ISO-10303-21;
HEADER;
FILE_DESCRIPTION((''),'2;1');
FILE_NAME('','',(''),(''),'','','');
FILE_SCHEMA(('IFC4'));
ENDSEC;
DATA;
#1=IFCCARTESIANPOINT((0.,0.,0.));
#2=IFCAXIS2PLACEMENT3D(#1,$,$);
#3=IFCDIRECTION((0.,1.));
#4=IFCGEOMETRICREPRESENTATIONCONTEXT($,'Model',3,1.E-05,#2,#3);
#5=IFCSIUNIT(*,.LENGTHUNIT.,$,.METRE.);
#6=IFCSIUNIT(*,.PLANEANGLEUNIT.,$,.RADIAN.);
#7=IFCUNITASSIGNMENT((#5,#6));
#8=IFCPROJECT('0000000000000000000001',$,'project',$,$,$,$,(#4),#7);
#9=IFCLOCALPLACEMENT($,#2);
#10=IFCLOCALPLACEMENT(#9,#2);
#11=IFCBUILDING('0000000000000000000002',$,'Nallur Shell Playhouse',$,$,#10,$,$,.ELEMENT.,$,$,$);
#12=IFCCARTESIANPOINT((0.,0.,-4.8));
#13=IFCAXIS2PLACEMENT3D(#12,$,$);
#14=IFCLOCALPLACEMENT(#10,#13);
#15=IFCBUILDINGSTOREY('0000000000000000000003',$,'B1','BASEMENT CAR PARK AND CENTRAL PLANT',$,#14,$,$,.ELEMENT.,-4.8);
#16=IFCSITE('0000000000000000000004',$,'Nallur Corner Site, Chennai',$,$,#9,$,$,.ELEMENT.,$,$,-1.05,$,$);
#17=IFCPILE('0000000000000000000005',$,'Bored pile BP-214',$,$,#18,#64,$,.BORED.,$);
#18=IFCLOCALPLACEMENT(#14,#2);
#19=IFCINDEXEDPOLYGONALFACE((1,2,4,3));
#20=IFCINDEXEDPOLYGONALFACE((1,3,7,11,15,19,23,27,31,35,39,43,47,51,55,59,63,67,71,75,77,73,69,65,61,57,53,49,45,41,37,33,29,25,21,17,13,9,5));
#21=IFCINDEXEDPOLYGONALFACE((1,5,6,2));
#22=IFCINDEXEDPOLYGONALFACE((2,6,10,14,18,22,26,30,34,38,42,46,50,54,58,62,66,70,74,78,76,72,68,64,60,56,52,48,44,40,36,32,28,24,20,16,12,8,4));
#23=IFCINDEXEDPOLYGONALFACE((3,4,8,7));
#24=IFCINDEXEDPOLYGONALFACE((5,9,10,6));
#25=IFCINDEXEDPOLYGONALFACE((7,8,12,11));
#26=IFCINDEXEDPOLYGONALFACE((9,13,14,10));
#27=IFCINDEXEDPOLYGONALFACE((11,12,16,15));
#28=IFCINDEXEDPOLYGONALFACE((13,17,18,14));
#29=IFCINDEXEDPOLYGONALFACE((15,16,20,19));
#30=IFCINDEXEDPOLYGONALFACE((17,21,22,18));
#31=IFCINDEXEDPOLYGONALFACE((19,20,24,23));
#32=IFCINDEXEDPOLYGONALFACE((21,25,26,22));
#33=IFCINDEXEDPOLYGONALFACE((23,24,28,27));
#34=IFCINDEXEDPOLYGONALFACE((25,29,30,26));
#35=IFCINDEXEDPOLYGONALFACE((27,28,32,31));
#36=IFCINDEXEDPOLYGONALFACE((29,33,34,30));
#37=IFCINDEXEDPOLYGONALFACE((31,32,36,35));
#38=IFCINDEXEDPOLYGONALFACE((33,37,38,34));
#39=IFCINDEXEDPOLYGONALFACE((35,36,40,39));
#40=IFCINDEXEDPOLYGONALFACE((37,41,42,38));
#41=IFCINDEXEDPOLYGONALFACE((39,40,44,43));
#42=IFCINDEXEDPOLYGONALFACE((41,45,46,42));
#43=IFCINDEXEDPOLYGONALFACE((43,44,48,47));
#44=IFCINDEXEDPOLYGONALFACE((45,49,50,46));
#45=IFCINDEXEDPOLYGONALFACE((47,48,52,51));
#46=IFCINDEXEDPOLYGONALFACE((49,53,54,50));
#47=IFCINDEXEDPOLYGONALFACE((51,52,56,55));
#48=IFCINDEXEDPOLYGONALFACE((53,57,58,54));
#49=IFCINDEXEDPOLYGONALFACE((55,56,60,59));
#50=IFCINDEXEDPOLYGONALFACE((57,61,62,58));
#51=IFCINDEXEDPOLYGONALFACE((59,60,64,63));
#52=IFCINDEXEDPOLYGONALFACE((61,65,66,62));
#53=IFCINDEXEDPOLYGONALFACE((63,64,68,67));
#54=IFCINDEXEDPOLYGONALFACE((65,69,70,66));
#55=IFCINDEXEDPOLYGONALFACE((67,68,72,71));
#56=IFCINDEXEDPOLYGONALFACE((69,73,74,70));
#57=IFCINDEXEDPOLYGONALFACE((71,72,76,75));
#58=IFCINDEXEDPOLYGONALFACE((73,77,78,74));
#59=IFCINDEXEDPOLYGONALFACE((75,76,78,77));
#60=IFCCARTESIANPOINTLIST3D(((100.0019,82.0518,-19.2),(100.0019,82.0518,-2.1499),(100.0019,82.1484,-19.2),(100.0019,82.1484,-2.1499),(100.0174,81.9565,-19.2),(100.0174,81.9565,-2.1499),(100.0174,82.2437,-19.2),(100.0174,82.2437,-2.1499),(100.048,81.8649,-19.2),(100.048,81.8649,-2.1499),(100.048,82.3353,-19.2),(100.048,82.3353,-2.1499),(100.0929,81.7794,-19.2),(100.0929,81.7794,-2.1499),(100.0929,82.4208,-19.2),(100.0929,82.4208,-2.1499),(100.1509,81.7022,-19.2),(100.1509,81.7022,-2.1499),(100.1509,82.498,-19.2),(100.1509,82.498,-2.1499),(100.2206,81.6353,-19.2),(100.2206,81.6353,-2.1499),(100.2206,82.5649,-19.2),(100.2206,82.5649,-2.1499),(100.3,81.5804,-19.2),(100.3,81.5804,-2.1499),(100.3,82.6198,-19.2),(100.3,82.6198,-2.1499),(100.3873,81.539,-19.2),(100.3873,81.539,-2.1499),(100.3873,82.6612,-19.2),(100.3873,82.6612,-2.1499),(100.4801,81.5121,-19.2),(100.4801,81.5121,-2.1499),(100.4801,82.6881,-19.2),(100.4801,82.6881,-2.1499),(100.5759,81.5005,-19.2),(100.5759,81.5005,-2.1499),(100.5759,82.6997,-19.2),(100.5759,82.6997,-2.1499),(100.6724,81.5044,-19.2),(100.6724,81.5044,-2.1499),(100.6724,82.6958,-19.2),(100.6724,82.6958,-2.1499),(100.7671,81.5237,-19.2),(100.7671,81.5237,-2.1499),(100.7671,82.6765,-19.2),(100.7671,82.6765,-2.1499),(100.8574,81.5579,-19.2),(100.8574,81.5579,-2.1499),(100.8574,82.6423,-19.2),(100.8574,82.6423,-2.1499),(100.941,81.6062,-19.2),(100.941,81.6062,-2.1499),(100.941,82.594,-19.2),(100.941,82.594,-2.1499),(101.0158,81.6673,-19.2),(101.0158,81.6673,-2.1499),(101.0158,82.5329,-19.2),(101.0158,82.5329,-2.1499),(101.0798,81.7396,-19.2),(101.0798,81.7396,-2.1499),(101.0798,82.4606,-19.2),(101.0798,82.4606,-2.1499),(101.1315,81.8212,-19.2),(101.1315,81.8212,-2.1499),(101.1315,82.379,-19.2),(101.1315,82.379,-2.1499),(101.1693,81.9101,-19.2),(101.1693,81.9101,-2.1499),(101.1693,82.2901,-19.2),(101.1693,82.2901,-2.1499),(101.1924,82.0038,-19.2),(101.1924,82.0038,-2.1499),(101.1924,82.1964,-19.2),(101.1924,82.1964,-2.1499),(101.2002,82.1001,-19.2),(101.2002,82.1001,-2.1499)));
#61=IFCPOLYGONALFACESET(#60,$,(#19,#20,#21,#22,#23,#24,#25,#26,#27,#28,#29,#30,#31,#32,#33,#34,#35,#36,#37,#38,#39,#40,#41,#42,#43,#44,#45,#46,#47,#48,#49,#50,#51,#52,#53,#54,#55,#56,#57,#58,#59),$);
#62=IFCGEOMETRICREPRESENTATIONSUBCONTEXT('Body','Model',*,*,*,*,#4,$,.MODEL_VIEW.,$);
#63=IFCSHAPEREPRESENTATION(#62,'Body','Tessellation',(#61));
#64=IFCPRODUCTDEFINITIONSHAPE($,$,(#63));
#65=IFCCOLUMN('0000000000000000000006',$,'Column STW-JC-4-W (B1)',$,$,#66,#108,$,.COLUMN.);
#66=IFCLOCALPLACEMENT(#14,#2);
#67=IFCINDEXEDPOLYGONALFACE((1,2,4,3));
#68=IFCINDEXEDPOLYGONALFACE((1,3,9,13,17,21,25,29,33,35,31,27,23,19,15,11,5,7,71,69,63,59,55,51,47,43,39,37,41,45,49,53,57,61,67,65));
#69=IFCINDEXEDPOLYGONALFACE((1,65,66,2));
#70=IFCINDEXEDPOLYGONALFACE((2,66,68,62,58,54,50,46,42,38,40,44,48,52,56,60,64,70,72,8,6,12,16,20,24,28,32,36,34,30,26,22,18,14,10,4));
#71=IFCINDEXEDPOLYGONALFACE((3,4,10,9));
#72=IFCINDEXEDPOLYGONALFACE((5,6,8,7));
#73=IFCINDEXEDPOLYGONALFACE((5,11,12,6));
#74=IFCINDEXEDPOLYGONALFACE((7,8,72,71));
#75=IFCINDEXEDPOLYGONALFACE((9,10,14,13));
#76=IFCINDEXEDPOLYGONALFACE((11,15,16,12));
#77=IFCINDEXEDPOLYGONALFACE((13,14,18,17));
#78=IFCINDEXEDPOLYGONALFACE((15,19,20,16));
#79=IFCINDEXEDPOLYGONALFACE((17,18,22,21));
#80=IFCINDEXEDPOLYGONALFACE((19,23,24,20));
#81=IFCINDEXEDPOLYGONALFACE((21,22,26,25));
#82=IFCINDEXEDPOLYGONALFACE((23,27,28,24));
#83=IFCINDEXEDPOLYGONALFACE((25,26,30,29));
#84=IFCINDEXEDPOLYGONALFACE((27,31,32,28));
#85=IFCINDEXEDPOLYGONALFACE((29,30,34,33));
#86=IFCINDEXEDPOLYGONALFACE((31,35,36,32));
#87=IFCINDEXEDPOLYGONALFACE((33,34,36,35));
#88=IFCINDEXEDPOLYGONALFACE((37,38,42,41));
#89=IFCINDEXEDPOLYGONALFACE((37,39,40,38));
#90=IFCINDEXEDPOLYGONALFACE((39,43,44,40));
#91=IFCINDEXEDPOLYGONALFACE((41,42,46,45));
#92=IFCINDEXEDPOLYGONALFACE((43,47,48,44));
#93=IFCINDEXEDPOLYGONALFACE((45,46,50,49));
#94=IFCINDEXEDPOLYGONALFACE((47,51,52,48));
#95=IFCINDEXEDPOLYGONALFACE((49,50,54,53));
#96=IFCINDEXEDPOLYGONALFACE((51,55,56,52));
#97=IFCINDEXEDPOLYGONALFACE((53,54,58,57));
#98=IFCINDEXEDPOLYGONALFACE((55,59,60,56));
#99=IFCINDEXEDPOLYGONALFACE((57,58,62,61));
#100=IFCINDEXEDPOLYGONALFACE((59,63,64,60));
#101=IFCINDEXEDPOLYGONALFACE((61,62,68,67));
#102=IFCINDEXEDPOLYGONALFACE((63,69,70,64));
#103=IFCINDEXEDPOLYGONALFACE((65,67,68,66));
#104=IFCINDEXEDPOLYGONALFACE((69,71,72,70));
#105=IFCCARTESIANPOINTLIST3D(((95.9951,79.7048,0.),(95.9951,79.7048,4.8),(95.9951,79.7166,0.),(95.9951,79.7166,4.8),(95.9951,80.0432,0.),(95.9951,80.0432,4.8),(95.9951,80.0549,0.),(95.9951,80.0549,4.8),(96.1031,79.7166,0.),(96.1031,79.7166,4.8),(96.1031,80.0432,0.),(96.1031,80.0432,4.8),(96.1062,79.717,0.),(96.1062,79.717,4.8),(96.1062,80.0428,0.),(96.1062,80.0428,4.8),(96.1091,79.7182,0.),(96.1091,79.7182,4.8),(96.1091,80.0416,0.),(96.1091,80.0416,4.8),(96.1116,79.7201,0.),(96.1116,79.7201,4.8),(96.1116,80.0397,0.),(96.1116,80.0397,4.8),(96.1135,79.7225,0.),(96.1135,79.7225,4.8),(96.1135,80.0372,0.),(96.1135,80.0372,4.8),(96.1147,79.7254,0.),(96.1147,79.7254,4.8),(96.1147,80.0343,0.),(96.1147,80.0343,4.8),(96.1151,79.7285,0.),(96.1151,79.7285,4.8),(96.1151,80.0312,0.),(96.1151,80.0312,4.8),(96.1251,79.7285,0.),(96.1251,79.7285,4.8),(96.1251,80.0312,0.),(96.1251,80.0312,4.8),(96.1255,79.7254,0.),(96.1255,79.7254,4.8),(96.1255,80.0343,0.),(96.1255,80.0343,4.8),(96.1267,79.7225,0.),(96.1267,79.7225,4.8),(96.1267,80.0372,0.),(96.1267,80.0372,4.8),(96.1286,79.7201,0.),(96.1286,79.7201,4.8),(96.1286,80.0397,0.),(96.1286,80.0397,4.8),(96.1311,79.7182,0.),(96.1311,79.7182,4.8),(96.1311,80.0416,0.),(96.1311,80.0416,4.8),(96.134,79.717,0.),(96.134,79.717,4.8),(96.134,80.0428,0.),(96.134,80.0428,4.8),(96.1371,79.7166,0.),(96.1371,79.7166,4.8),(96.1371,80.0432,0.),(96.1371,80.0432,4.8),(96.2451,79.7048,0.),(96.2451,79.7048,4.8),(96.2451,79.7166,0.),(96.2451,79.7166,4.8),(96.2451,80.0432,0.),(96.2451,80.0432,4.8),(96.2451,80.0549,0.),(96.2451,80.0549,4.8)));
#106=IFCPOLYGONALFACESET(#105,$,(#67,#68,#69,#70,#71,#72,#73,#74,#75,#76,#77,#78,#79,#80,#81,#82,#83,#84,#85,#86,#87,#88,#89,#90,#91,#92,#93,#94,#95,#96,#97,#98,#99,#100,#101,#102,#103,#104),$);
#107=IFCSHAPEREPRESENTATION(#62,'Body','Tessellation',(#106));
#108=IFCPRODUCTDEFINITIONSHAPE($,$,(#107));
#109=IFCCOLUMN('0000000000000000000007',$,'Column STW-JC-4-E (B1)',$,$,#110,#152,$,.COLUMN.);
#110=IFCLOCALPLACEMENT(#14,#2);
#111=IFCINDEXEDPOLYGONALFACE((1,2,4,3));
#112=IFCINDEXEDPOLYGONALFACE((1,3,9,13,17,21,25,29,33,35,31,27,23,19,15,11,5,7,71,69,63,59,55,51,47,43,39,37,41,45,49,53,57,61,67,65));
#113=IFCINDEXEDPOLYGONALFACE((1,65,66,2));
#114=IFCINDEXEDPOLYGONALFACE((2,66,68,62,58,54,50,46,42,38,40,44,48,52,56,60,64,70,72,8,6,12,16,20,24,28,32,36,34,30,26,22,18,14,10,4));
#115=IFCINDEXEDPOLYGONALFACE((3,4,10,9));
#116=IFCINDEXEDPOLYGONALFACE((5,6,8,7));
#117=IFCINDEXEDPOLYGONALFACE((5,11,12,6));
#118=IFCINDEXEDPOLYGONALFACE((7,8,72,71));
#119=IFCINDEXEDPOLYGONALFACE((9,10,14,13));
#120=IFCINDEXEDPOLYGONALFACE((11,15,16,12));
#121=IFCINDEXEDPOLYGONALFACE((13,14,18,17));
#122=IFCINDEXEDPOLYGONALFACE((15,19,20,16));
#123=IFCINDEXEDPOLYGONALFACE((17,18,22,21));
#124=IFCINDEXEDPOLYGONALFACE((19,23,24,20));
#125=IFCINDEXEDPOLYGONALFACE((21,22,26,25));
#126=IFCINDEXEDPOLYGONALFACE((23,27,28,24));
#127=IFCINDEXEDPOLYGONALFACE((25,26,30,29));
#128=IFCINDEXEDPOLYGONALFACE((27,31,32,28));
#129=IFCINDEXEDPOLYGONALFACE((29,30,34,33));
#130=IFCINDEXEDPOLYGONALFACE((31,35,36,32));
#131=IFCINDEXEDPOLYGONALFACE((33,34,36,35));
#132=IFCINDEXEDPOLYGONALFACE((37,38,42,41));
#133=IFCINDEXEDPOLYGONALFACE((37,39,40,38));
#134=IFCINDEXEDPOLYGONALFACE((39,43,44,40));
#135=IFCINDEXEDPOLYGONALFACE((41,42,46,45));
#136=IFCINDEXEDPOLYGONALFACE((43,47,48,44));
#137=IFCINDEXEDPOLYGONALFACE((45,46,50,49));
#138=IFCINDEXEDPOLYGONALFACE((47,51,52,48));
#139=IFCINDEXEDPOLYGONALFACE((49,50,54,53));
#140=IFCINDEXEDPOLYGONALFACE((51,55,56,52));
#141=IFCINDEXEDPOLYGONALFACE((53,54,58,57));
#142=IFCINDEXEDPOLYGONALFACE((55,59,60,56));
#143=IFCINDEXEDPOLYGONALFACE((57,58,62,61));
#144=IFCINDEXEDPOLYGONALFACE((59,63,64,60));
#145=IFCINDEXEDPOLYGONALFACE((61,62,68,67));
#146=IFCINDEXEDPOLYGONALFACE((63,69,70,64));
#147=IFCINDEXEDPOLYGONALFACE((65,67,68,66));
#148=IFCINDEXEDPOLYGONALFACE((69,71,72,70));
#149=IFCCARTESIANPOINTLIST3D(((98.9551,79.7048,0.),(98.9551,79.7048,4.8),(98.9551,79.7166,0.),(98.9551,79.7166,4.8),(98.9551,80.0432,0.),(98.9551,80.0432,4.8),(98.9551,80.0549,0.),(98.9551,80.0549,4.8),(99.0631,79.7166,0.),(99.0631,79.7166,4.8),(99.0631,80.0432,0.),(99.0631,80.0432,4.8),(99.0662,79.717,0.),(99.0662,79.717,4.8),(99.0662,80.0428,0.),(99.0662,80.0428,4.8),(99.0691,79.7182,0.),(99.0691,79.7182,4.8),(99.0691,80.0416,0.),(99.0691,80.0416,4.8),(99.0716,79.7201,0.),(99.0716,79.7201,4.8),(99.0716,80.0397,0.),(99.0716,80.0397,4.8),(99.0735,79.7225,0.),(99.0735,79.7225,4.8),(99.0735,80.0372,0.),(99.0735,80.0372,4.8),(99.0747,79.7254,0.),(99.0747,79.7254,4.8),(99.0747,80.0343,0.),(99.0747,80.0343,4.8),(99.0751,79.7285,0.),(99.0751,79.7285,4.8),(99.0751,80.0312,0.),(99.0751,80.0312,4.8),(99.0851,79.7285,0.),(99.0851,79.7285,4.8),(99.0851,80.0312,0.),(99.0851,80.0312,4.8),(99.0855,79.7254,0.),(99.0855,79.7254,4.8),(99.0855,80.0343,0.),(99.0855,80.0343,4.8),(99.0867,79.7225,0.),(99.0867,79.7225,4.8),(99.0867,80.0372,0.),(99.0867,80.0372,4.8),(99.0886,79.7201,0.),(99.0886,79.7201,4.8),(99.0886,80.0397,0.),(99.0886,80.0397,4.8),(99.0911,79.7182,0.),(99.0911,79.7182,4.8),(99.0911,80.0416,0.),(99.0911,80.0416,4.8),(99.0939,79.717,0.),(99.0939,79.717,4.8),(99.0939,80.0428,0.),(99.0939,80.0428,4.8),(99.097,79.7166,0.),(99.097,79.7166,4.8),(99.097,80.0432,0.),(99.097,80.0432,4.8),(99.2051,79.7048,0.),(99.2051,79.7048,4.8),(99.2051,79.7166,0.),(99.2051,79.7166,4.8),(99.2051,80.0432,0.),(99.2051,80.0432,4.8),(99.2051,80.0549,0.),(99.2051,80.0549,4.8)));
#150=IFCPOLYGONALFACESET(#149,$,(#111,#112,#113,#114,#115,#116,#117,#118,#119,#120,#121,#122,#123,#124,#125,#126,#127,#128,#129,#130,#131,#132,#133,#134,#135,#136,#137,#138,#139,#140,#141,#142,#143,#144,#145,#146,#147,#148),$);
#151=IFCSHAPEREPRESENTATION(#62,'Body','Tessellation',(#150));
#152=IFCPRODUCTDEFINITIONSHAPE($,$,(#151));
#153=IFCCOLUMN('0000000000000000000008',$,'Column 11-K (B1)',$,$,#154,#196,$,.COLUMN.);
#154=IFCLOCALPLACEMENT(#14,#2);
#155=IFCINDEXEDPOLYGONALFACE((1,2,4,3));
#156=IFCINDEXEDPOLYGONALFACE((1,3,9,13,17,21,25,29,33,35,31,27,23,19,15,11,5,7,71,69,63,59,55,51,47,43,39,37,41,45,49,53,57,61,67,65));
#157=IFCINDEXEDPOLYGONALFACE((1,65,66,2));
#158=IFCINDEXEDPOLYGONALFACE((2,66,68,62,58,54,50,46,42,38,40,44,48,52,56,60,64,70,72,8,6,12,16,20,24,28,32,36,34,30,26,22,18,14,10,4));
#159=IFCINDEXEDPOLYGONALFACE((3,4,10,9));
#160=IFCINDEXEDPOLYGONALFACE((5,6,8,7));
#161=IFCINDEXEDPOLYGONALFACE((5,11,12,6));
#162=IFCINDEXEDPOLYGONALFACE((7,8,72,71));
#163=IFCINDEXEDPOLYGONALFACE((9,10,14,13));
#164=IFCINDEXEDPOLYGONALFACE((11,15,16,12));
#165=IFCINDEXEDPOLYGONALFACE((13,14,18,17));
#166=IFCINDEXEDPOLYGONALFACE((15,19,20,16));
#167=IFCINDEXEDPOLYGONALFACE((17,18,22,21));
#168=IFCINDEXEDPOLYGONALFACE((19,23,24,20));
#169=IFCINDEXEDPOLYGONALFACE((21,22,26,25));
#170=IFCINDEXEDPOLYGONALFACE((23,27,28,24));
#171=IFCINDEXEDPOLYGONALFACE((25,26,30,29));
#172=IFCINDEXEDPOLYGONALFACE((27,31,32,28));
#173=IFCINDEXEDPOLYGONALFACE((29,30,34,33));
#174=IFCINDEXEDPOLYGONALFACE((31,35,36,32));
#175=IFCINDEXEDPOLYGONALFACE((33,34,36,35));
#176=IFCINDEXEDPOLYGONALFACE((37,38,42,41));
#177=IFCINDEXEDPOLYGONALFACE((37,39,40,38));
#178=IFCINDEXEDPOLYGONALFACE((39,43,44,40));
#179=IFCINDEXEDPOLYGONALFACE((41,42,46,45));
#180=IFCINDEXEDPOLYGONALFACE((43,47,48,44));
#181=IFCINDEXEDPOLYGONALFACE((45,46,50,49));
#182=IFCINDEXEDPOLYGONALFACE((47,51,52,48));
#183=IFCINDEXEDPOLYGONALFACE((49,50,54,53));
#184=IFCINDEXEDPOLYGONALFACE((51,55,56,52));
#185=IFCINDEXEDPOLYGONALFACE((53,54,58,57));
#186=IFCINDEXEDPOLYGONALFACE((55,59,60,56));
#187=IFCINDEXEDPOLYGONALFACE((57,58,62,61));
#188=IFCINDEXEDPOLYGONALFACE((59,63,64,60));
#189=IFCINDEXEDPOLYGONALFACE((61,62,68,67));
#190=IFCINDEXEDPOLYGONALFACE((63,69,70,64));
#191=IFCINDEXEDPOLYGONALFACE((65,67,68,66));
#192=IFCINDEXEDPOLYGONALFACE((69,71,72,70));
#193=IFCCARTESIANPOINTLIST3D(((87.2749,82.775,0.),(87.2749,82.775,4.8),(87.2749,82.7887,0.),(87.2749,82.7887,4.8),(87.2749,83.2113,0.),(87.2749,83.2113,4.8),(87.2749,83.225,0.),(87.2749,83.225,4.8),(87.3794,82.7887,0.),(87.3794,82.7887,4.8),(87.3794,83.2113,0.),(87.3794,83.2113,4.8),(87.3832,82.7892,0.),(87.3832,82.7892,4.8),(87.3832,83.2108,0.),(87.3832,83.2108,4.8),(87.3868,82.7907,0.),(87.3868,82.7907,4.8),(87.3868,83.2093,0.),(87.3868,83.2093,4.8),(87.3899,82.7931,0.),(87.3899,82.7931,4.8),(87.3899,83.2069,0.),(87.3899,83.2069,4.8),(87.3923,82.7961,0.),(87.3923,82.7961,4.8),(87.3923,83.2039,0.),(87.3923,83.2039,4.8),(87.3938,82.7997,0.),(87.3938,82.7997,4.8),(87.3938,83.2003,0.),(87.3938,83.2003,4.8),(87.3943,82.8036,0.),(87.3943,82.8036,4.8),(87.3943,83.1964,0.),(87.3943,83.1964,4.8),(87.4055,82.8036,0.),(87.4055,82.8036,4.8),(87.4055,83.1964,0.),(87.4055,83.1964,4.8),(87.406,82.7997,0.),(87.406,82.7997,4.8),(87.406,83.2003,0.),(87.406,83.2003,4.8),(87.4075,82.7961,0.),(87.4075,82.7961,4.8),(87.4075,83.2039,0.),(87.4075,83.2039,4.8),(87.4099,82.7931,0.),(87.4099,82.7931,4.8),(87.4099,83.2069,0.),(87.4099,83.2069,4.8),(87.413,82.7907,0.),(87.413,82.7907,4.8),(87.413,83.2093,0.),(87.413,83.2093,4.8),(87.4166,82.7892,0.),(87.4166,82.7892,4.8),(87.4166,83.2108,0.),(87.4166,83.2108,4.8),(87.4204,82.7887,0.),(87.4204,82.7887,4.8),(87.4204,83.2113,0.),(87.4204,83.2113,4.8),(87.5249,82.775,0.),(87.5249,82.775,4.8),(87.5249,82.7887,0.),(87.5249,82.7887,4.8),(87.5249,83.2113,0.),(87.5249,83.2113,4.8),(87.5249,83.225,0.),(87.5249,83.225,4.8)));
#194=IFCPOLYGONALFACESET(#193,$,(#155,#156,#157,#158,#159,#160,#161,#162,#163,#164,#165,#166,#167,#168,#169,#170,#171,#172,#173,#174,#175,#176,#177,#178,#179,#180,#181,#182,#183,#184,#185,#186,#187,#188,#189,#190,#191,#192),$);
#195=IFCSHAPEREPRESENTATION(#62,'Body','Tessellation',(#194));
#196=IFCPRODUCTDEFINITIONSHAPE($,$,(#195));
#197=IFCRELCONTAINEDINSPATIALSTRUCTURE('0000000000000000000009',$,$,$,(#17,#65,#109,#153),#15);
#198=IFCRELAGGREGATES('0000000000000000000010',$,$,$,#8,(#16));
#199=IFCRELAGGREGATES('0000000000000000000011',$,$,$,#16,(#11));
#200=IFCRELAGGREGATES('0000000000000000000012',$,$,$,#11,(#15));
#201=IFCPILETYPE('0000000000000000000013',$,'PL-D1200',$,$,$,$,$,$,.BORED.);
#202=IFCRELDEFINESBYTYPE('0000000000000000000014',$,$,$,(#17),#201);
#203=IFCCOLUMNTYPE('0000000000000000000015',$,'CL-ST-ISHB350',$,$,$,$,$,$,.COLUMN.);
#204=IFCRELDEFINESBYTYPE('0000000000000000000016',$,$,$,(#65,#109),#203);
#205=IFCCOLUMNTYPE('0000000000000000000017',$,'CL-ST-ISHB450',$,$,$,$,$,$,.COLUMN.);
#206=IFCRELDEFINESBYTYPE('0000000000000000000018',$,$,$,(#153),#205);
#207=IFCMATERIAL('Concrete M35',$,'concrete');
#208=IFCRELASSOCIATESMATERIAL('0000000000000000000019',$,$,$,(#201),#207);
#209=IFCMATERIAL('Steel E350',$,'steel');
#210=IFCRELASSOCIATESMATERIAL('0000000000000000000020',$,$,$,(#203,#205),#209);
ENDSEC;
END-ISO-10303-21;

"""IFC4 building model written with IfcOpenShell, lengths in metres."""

from ifc_helpers import new_model, si_unit, direction, frame, origin, origin_2d, place, context, subcontext, project, spatial, circle, i_section, extrude, material, material_profile, profile_set, type_object, element, save


model = new_model("IFC4")

# Units and contexts
model_context = context("Model", 3, precision=1e-05, world=origin(), true_north=direction((0.0, 1.0)))
body_context = subcontext(model_context, "Body", "Model", "MODEL_VIEW")
ifc_project = project(units=[si_unit("LENGTHUNIT", "METRE"), si_unit("PLANEANGLEUNIT", "RADIAN")], contexts=[model_context])

# Site, building, storey
site_placement = place(None, origin())
site = spatial("IfcSite", under=ifc_project, at=site_placement, Name="Nallur Corner Site, Chennai", CompositionType="ELEMENT", RefElevation=-1.05)
building_placement = place(site_placement, origin())
building = spatial("IfcBuilding", under=site, at=building_placement, Name="Nallur Shell Playhouse", CompositionType="ELEMENT")
storey_placement = place(building_placement, frame((0.0, 0.0, -4.8)))
storey = spatial("IfcBuildingStorey", under=building, at=storey_placement, Name="B1", Description="BASEMENT CAR PARK AND CENTRAL PLANT", CompositionType="ELEMENT", Elevation=-4.8)

# Shared definitions
ifc_material_1 = material(Name="Concrete M35", Category="concrete")

# Pile
ifc_material_profile_1 = material_profile(ifc_material_1, circle(Radius=0.6001, at=origin_2d()), Name="BORED PILE D1200")
ifc_profile_set_1 = profile_set([ifc_material_profile_1], Name="Concrete M35")
pile_type = type_object("IfcPileType", Name="PL-D1200", PredefinedType="BORED", material=ifc_profile_set_1)
for number, where, z_axis, x_axis, name in (
    (1, (100.6001, 82.1001, -2.1499), (0.0, 0.0, -1.0), (1.0, 0.0, 0.0), "Bored pile BP-214"),
):
    element("IfcPile", number, at=place(storey_placement, frame(where, z_axis=z_axis, x_axis=x_axis)), inside=storey, type_object=pile_type, Name=name, PredefinedType="BORED", context=body_context, shape_type="SweptSolid", body=[
        extrude(circle(Radius=0.6001, at=origin_2d()), origin(), (0.0, 0.0, 1.0), 17.05),
    ])

# Columns
ifc_material_2 = material(Name="Steel E350", Category="steel")
ifc_material_profile_2 = material_profile(ifc_material_2, i_section(OverallWidth=0.25, OverallDepth=0.3501, WebThickness=0.01, FlangeThickness=0.0117, FilletRadius=0.012, at=origin_2d()), Name="ISHB 350")
ifc_profile_set_2 = profile_set([ifc_material_profile_2], Name="Steel E350")
column_type_1 = type_object("IfcColumnType", Name="CL-ST-ISHB350", PredefinedType="COLUMN", material=ifc_profile_set_2)
for number, where, z_axis, x_axis, name in (
    (2, (96.1201, 79.8799, 0.0), (0.0, 0.0, 1.0), (1.0, 0.0, 0.0), "Column STW-JC-4-W (B1)"),
    (3, (99.0801, 79.8799, 0.0), (0.0, 0.0, 1.0), (1.0, 0.0, 0.0), "Column STW-JC-4-E (B1)"),
):
    element("IfcColumn", number, at=place(storey_placement, frame(where, z_axis=z_axis, x_axis=x_axis)), inside=storey, type_object=column_type_1, Name=name, PredefinedType="COLUMN", context=body_context, shape_type="SweptSolid", body=[
        extrude(i_section(OverallWidth=0.25, OverallDepth=0.3501, WebThickness=0.01, FlangeThickness=0.0117, FilletRadius=0.012, at=origin_2d()), origin(), (0.0, 0.0, 1.0), 4.8),
    ])
ifc_material_profile_3 = material_profile(ifc_material_2, i_section(OverallWidth=0.25, OverallDepth=0.45, WebThickness=0.0112, FlangeThickness=0.0137, FilletRadius=0.0149, at=origin_2d()), Name="ISHB 450")
ifc_profile_set_3 = profile_set([ifc_material_profile_3], Name="Steel E350")
column_type_2 = type_object("IfcColumnType", Name="CL-ST-ISHB450", PredefinedType="COLUMN", material=ifc_profile_set_3)
column_placement = place(storey_placement, frame((87.3999, 83.0, 0.0), z_axis=(0.0, 0.0, 1.0), x_axis=(1.0, 0.0, 0.0)))
element("IfcColumn", 4, at=column_placement, inside=storey, type_object=column_type_2, Name="Column 11-K (B1)", PredefinedType="COLUMN", context=body_context, shape_type="SweptSolid", body=[
    extrude(i_section(OverallWidth=0.25, OverallDepth=0.45, WebThickness=0.0112, FlangeThickness=0.0137, FilletRadius=0.0149, at=origin_2d()), origin(), (0.0, 0.0, 1.0), 4.8),
])

save(model, "model.ifc")
